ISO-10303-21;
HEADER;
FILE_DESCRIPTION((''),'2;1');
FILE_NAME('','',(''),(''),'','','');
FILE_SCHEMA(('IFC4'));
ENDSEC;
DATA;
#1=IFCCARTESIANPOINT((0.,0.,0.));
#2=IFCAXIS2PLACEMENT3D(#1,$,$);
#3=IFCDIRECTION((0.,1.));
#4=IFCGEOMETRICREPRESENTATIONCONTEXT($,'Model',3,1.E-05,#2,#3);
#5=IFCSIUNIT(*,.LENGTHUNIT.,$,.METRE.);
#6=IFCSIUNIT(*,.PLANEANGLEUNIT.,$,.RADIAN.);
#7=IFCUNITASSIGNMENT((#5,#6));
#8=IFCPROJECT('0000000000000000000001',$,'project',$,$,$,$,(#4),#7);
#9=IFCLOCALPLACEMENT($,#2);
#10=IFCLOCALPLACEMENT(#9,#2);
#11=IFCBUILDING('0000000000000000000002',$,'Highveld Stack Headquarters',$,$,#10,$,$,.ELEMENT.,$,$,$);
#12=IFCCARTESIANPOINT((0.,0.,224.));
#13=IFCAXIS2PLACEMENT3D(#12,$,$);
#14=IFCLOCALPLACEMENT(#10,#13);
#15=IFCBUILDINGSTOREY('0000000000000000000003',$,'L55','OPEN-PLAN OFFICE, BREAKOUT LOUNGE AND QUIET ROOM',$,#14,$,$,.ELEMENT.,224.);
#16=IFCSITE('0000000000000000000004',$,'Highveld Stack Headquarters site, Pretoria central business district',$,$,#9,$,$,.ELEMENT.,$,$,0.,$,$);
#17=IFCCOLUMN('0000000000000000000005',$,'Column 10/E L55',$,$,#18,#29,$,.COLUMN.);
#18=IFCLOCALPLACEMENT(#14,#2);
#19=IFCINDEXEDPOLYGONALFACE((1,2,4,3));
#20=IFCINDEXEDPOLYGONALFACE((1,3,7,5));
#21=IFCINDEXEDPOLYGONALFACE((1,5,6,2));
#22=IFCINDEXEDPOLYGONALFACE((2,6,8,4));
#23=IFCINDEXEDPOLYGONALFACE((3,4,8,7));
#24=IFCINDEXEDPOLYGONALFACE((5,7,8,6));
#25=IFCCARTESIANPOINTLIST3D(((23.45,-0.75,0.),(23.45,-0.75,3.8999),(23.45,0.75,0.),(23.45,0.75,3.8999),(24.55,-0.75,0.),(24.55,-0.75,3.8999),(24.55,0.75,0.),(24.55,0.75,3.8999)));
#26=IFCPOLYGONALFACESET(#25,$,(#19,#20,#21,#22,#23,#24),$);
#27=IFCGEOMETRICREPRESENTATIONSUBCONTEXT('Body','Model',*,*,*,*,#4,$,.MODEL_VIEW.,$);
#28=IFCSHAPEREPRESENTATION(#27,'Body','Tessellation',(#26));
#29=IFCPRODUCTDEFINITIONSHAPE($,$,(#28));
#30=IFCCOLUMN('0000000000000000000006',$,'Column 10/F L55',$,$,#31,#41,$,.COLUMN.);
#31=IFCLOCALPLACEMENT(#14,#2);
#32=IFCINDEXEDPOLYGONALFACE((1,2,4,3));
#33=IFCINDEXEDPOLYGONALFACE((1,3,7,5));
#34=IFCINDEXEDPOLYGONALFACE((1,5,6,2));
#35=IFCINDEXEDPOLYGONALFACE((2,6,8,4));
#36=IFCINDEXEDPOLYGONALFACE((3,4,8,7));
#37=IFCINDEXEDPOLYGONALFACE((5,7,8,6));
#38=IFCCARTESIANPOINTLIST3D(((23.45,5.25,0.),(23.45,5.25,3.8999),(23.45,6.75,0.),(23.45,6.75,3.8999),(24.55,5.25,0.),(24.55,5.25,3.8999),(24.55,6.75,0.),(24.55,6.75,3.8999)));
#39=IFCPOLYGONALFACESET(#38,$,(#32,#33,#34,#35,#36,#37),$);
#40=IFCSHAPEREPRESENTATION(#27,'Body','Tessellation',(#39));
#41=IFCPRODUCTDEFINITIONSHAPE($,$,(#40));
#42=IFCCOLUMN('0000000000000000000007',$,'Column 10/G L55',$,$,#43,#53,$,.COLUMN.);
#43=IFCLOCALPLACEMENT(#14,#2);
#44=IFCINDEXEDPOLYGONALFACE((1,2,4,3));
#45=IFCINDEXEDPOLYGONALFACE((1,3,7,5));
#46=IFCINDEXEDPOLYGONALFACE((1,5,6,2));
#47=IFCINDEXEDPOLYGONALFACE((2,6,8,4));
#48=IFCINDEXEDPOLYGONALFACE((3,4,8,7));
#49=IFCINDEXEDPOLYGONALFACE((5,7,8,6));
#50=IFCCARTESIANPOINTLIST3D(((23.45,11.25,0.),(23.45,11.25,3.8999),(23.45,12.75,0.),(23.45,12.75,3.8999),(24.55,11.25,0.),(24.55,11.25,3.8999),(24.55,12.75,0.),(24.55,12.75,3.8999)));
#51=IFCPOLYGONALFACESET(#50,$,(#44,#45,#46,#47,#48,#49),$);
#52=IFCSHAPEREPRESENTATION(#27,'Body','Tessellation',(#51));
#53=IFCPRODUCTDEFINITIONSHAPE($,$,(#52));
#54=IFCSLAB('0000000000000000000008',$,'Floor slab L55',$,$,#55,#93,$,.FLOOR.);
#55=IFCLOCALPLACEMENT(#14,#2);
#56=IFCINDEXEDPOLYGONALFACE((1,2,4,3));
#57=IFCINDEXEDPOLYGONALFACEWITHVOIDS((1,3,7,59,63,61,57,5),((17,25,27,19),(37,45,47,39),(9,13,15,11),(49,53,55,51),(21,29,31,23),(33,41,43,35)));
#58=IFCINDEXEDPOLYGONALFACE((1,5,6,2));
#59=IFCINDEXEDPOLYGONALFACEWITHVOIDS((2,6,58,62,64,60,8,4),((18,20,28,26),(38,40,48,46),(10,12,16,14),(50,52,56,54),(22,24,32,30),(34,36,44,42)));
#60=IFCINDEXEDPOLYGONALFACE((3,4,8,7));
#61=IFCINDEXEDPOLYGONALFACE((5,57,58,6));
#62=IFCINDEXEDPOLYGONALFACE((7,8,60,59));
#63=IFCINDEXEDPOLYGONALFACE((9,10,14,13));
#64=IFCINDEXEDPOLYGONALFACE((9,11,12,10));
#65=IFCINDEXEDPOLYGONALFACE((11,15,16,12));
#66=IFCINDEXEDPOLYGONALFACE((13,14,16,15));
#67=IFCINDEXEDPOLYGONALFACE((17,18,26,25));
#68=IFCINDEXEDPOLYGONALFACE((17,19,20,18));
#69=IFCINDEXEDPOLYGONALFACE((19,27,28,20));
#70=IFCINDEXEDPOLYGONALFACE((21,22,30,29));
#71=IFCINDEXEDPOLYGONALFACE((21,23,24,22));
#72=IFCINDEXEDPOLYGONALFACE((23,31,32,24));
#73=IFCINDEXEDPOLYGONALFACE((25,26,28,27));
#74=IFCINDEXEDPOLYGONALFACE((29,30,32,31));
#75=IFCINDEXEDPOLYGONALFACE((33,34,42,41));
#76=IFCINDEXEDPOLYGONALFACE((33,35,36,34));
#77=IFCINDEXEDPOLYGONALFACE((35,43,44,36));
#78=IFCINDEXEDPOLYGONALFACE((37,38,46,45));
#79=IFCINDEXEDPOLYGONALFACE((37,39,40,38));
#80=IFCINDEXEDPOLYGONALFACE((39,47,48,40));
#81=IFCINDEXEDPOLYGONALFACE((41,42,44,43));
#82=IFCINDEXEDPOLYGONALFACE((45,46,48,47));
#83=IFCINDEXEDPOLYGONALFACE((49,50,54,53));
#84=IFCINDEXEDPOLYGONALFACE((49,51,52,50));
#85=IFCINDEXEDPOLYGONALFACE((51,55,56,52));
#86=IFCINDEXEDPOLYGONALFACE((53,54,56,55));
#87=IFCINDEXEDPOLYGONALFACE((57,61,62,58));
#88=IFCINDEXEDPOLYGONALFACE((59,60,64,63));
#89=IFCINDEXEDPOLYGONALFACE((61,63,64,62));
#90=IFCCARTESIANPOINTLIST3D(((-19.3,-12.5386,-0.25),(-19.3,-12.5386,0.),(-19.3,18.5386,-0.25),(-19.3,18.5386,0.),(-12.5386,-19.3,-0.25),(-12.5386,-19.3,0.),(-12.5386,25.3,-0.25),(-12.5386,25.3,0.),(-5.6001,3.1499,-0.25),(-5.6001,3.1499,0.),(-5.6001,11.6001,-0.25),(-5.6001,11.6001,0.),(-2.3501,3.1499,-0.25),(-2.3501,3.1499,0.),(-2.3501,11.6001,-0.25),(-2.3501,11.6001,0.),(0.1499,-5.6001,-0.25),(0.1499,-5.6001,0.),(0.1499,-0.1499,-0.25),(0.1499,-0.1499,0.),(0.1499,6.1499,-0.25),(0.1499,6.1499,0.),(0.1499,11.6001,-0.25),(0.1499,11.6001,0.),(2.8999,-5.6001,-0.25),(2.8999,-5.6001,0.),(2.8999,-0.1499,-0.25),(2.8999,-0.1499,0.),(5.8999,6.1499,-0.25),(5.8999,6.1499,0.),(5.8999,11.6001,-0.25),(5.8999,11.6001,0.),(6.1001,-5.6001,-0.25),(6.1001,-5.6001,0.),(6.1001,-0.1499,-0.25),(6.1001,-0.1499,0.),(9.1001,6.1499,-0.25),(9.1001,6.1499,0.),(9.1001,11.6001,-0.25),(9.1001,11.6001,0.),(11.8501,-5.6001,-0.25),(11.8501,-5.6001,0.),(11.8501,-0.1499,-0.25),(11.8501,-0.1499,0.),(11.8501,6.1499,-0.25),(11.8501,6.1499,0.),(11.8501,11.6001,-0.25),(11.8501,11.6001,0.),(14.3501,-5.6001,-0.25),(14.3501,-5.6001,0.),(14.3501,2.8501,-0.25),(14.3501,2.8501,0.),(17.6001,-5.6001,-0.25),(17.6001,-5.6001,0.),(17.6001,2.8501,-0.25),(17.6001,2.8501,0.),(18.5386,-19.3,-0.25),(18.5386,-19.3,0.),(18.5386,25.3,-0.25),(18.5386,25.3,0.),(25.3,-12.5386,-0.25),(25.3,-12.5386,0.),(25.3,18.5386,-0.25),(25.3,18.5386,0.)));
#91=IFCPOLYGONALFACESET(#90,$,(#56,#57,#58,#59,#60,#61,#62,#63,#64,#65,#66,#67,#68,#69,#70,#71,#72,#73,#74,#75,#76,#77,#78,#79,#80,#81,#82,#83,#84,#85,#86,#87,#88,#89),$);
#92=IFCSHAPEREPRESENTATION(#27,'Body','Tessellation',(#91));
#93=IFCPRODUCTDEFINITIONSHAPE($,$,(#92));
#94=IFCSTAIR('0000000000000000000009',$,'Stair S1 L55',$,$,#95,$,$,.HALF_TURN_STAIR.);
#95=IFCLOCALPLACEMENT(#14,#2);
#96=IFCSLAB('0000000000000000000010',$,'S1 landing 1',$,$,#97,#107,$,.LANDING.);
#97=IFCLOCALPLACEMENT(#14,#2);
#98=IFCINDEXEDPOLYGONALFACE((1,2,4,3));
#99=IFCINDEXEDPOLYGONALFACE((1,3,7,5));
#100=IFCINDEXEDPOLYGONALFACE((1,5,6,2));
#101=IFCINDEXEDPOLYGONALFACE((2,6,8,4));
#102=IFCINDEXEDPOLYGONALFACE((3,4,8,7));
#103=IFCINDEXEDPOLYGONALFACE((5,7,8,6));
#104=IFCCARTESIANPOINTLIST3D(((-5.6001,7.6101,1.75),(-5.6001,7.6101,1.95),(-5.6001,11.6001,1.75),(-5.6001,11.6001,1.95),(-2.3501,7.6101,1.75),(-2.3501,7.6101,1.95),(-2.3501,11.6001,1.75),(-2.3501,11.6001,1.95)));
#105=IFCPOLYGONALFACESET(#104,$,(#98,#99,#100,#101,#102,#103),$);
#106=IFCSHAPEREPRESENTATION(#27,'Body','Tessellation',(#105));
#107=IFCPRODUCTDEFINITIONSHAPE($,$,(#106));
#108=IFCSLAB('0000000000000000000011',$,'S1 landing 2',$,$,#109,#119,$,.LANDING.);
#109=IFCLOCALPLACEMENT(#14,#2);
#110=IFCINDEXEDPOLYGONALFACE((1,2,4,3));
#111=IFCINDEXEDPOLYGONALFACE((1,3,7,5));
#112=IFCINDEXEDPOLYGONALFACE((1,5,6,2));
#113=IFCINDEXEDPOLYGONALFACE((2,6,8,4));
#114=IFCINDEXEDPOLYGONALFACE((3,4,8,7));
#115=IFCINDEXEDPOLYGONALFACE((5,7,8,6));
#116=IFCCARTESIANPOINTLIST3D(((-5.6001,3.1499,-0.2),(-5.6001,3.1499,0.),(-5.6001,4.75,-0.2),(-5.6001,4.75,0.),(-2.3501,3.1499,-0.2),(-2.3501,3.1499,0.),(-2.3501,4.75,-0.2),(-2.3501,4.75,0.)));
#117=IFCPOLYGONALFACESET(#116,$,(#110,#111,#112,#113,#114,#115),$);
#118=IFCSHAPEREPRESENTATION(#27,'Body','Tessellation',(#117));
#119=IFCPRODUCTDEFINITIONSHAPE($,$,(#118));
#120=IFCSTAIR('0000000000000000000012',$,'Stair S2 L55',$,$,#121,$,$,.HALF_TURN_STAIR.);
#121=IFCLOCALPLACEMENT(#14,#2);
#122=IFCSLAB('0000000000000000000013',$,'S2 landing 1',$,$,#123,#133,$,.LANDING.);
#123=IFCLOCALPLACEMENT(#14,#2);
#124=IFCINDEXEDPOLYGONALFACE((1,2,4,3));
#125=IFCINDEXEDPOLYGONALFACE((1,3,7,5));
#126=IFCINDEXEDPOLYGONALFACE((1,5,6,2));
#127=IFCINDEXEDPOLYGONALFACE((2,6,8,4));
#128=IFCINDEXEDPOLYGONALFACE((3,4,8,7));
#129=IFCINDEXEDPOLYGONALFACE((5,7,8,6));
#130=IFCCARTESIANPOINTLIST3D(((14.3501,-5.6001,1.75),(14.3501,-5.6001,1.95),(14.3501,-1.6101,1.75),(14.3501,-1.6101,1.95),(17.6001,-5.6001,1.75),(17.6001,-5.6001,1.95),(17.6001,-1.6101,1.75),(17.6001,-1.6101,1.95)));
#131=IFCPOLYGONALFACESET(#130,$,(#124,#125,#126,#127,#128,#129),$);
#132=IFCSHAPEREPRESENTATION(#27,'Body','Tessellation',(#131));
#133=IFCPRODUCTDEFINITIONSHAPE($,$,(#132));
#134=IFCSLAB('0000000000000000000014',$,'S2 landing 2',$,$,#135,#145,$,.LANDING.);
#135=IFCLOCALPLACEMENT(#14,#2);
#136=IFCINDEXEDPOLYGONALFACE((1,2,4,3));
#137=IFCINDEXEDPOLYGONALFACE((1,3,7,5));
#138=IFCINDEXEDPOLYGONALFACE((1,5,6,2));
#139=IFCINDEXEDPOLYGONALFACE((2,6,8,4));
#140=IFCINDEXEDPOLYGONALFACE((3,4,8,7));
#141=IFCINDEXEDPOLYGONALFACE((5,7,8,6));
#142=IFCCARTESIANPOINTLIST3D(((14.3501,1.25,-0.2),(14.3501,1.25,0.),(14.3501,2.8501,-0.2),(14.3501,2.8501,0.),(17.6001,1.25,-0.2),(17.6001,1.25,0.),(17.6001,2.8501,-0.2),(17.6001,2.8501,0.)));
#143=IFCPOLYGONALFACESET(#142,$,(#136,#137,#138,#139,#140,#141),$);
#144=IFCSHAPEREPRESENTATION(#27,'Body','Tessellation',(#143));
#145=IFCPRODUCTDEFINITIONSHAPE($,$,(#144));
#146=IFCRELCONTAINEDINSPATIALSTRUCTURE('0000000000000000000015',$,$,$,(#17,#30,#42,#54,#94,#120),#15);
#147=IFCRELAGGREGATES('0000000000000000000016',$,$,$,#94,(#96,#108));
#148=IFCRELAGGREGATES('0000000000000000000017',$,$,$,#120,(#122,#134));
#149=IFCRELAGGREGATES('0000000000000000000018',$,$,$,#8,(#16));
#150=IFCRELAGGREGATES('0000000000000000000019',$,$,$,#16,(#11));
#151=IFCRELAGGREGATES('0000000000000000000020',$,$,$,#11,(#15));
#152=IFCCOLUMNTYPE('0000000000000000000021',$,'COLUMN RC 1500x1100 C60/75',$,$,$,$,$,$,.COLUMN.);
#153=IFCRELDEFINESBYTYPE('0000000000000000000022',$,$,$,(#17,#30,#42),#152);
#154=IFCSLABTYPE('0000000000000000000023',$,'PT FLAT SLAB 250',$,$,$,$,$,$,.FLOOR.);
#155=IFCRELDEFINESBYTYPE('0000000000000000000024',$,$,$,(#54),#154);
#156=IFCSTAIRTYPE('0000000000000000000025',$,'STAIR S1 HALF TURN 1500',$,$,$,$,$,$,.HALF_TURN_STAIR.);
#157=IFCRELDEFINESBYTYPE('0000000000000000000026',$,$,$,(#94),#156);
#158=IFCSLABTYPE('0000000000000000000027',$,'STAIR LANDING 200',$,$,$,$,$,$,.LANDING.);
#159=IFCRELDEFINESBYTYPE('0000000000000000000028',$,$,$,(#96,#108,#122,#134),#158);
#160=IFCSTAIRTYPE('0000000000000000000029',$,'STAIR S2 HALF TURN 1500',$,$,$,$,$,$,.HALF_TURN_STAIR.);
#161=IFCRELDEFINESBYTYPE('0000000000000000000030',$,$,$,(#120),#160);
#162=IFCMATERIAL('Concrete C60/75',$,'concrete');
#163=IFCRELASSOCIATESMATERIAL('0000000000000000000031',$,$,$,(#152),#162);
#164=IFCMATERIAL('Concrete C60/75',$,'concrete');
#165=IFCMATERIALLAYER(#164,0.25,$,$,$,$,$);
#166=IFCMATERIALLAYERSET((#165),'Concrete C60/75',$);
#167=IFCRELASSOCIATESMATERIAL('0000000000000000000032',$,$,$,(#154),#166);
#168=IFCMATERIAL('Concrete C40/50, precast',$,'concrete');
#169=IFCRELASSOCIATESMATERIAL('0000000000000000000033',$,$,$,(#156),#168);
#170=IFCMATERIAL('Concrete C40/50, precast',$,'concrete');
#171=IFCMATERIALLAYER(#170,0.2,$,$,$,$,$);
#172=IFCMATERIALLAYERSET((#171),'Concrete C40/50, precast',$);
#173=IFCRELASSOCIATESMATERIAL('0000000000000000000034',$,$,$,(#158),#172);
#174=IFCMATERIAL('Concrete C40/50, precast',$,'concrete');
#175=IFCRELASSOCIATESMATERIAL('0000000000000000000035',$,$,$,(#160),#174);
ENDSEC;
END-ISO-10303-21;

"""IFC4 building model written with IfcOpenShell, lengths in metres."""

from ifc_helpers import new_model, si_unit, direction, frame, origin, origin_2d, place, context, subcontext, project, spatial, polyline, rectangle, outline, extrude, material, layer, layer_set, material_profile, profile_set, type_object, element, aggregate, save


model = new_model("IFC4")

# Units and contexts
model_context = context("Model", 3, precision=1e-05, world=origin(), true_north=direction((0.0, 1.0)))
body_context = subcontext(model_context, "Body", "Model", "MODEL_VIEW")
ifc_project = project(units=[si_unit("LENGTHUNIT", "METRE"), si_unit("PLANEANGLEUNIT", "RADIAN")], contexts=[model_context])

# Site, building, storey
site_placement = place(None, origin())
site = spatial("IfcSite", under=ifc_project, at=site_placement, Name="Highveld Stack Headquarters site, Pretoria central business district", CompositionType="ELEMENT", RefElevation=0.0)
building_placement = place(site_placement, origin())
building = spatial("IfcBuilding", under=site, at=building_placement, Name="Highveld Stack Headquarters", CompositionType="ELEMENT")
storey_placement = place(building_placement, frame((0.0, 0.0, 224.0)))
storey = spatial("IfcBuildingStorey", under=building, at=storey_placement, Name="L55", Description="OPEN-PLAN OFFICE, BREAKOUT LOUNGE AND QUIET ROOM", CompositionType="ELEMENT", Elevation=224.0)

# Columns
ifc_material_1 = material(Name="Concrete C60/75", Category="concrete")
ifc_material_profile = material_profile(ifc_material_1, rectangle(XDim=1.5, YDim=1.1001, at=origin_2d()), Name="RC 1500x1100")
ifc_profile_set = profile_set([ifc_material_profile], Name="Concrete C60/75")
column_type = type_object("IfcColumnType", Name="COLUMN RC 1500x1100 C60/75", PredefinedType="COLUMN", material=ifc_profile_set)
for number, where, z_axis, x_axis, name in (
    (1, (24.0, 0.0, 0.0), (0.0, 0.0, 1.0), (0.0, 1.0, 0.0), "Column 10/E L55"),
    (2, (24.0, 6.0, 0.0), (0.0, 0.0, 1.0), (0.0, 1.0, 0.0), "Column 10/F L55"),
    (3, (24.0, 12.0, 0.0), (0.0, 0.0, 1.0), (0.0, 1.0, 0.0), "Column 10/G L55"),
):
    element("IfcColumn", number, at=place(storey_placement, frame(where, z_axis=z_axis, x_axis=x_axis)), inside=storey, type_object=column_type, Name=name, PredefinedType="COLUMN", context=body_context, shape_type="SweptSolid", body=[
        extrude(rectangle(XDim=1.5, YDim=1.1001, at=origin_2d()), origin(), (0.0, 0.0, 1.0), 3.8999),
    ])

# Slab
ifc_material_2 = material(Name="Concrete C60/75", Category="concrete")
ifc_layer_1 = layer(ifc_material_2, 0.25)
ifc_layer_set_1 = layer_set([ifc_layer_1], Name="Concrete C60/75")
slab_type_1 = type_object("IfcSlabType", Name="PT FLAT SLAB 250", PredefinedType="FLOOR", material=ifc_layer_set_1)
slab_1_placement = place(storey_placement, frame((0.0, 0.0, -0.25)))
element("IfcSlab", 4, at=slab_1_placement, inside=storey, type_object=slab_type_1, Name="Floor slab L55", PredefinedType="FLOOR", context=body_context, shape_type="SweptSolid", body=[
    extrude(outline(polyline([(-12.5386, -19.3), (18.5386, -19.3), (25.3, -12.5386), (25.3, 18.5386), (18.5386, 25.3), (-12.5386, 25.3), (-19.3, 18.5386), (-19.3, -12.5386), (-12.5386, -19.3)]), holes=[polyline([(0.1499, 6.1499), (5.8999, 6.1499), (5.8999, 11.6001), (0.1499, 11.6001), (0.1499, 6.1499)]), polyline([(9.1001, 6.1499), (11.8501, 6.1499), (11.8501, 11.6001), (9.1001, 11.6001), (9.1001, 6.1499)]), polyline([(6.1001, -5.6001), (11.8501, -5.6001), (11.8501, -0.1499), (6.1001, -0.1499), (6.1001, -5.6001)]), polyline([(0.1499, -5.6001), (2.8999, -5.6001), (2.8999, -0.1499), (0.1499, -0.1499), (0.1499, -5.6001)]), polyline([(-5.6001, 3.1499), (-2.3501, 3.1499), (-2.3501, 11.6001), (-5.6001, 11.6001), (-5.6001, 3.1499)]), polyline([(14.3501, -5.6001), (17.6001, -5.6001), (17.6001, 2.8501), (14.3501, 2.8501), (14.3501, -5.6001)])]), origin(), (0.0, 0.0, 1.0), 0.25),
])

# Stairs, slabs
ifc_material_3 = material(Name="Concrete C40/50, precast", Category="concrete")
stair_type_1 = type_object("IfcStairType", Name="STAIR S1 HALF TURN 1500", PredefinedType="HALF_TURN_STAIR", material=ifc_material_3)
stair_1_placement = place(storey_placement, origin())
stair_1 = element("IfcStair", 5, at=stair_1_placement, inside=storey, type_object=stair_type_1, Name="Stair S1 L55", PredefinedType="HALF_TURN_STAIR")
ifc_material_4 = material(Name="Concrete C40/50, precast", Category="concrete")
ifc_layer_2 = layer(ifc_material_4, 0.2)
ifc_layer_set_2 = layer_set([ifc_layer_2], Name="Concrete C40/50, precast")
slab_type_2 = type_object("IfcSlabType", Name="STAIR LANDING 200", PredefinedType="LANDING", material=ifc_layer_set_2)
slab_2_placement = place(storey_placement, frame((0.0, 0.0, 1.75)))
slab_2 = element("IfcSlab", 6, at=slab_2_placement, type_object=slab_type_2, Name="S1 landing 1", PredefinedType="LANDING", context=body_context, shape_type="SweptSolid", body=[
    extrude(outline(polyline([(-5.6001, 7.6101), (-2.3501, 7.6101), (-2.3501, 11.6001), (-5.6001, 11.6001), (-5.6001, 7.6101)])), origin(), (0.0, 0.0, 1.0), 0.2),
])
slab_3_placement = place(storey_placement, frame((0.0, 0.0, -0.2)))
slab_3 = element("IfcSlab", 7, at=slab_3_placement, type_object=slab_type_2, Name="S1 landing 2", PredefinedType="LANDING", context=body_context, shape_type="SweptSolid", body=[
    extrude(outline(polyline([(-5.6001, 3.1499), (-2.3501, 3.1499), (-2.3501, 4.75), (-5.6001, 4.75), (-5.6001, 3.1499)])), origin(), (0.0, 0.0, 1.0), 0.2),
])
aggregate(stair_1, [slab_2, slab_3])
ifc_material_5 = material(Name="Concrete C40/50, precast", Category="concrete")
stair_type_2 = type_object("IfcStairType", Name="STAIR S2 HALF TURN 1500", PredefinedType="HALF_TURN_STAIR", material=ifc_material_5)
stair_2_placement = place(storey_placement, origin())
stair_2 = element("IfcStair", 8, at=stair_2_placement, inside=storey, type_object=stair_type_2, Name="Stair S2 L55", PredefinedType="HALF_TURN_STAIR")
slab_4_placement = place(storey_placement, frame((0.0, 0.0, 1.75)))
slab_4 = element("IfcSlab", 9, at=slab_4_placement, type_object=slab_type_2, Name="S2 landing 1", PredefinedType="LANDING", context=body_context, shape_type="SweptSolid", body=[
    extrude(outline(polyline([(14.3501, -5.6001), (17.6001, -5.6001), (17.6001, -1.6101), (14.3501, -1.6101), (14.3501, -5.6001)])), origin(), (0.0, 0.0, 1.0), 0.2),
])
slab_5_placement = place(storey_placement, frame((0.0, 0.0, -0.2)))
slab_5 = element("IfcSlab", 10, at=slab_5_placement, type_object=slab_type_2, Name="S2 landing 2", PredefinedType="LANDING", context=body_context, shape_type="SweptSolid", body=[
    extrude(outline(polyline([(14.3501, 1.25), (17.6001, 1.25), (17.6001, 2.8501), (14.3501, 2.8501), (14.3501, 1.25)])), origin(), (0.0, 0.0, 1.0), 0.2),
])

aggregate(stair_2, [slab_4, slab_5])

save(model, "model.ifc")
